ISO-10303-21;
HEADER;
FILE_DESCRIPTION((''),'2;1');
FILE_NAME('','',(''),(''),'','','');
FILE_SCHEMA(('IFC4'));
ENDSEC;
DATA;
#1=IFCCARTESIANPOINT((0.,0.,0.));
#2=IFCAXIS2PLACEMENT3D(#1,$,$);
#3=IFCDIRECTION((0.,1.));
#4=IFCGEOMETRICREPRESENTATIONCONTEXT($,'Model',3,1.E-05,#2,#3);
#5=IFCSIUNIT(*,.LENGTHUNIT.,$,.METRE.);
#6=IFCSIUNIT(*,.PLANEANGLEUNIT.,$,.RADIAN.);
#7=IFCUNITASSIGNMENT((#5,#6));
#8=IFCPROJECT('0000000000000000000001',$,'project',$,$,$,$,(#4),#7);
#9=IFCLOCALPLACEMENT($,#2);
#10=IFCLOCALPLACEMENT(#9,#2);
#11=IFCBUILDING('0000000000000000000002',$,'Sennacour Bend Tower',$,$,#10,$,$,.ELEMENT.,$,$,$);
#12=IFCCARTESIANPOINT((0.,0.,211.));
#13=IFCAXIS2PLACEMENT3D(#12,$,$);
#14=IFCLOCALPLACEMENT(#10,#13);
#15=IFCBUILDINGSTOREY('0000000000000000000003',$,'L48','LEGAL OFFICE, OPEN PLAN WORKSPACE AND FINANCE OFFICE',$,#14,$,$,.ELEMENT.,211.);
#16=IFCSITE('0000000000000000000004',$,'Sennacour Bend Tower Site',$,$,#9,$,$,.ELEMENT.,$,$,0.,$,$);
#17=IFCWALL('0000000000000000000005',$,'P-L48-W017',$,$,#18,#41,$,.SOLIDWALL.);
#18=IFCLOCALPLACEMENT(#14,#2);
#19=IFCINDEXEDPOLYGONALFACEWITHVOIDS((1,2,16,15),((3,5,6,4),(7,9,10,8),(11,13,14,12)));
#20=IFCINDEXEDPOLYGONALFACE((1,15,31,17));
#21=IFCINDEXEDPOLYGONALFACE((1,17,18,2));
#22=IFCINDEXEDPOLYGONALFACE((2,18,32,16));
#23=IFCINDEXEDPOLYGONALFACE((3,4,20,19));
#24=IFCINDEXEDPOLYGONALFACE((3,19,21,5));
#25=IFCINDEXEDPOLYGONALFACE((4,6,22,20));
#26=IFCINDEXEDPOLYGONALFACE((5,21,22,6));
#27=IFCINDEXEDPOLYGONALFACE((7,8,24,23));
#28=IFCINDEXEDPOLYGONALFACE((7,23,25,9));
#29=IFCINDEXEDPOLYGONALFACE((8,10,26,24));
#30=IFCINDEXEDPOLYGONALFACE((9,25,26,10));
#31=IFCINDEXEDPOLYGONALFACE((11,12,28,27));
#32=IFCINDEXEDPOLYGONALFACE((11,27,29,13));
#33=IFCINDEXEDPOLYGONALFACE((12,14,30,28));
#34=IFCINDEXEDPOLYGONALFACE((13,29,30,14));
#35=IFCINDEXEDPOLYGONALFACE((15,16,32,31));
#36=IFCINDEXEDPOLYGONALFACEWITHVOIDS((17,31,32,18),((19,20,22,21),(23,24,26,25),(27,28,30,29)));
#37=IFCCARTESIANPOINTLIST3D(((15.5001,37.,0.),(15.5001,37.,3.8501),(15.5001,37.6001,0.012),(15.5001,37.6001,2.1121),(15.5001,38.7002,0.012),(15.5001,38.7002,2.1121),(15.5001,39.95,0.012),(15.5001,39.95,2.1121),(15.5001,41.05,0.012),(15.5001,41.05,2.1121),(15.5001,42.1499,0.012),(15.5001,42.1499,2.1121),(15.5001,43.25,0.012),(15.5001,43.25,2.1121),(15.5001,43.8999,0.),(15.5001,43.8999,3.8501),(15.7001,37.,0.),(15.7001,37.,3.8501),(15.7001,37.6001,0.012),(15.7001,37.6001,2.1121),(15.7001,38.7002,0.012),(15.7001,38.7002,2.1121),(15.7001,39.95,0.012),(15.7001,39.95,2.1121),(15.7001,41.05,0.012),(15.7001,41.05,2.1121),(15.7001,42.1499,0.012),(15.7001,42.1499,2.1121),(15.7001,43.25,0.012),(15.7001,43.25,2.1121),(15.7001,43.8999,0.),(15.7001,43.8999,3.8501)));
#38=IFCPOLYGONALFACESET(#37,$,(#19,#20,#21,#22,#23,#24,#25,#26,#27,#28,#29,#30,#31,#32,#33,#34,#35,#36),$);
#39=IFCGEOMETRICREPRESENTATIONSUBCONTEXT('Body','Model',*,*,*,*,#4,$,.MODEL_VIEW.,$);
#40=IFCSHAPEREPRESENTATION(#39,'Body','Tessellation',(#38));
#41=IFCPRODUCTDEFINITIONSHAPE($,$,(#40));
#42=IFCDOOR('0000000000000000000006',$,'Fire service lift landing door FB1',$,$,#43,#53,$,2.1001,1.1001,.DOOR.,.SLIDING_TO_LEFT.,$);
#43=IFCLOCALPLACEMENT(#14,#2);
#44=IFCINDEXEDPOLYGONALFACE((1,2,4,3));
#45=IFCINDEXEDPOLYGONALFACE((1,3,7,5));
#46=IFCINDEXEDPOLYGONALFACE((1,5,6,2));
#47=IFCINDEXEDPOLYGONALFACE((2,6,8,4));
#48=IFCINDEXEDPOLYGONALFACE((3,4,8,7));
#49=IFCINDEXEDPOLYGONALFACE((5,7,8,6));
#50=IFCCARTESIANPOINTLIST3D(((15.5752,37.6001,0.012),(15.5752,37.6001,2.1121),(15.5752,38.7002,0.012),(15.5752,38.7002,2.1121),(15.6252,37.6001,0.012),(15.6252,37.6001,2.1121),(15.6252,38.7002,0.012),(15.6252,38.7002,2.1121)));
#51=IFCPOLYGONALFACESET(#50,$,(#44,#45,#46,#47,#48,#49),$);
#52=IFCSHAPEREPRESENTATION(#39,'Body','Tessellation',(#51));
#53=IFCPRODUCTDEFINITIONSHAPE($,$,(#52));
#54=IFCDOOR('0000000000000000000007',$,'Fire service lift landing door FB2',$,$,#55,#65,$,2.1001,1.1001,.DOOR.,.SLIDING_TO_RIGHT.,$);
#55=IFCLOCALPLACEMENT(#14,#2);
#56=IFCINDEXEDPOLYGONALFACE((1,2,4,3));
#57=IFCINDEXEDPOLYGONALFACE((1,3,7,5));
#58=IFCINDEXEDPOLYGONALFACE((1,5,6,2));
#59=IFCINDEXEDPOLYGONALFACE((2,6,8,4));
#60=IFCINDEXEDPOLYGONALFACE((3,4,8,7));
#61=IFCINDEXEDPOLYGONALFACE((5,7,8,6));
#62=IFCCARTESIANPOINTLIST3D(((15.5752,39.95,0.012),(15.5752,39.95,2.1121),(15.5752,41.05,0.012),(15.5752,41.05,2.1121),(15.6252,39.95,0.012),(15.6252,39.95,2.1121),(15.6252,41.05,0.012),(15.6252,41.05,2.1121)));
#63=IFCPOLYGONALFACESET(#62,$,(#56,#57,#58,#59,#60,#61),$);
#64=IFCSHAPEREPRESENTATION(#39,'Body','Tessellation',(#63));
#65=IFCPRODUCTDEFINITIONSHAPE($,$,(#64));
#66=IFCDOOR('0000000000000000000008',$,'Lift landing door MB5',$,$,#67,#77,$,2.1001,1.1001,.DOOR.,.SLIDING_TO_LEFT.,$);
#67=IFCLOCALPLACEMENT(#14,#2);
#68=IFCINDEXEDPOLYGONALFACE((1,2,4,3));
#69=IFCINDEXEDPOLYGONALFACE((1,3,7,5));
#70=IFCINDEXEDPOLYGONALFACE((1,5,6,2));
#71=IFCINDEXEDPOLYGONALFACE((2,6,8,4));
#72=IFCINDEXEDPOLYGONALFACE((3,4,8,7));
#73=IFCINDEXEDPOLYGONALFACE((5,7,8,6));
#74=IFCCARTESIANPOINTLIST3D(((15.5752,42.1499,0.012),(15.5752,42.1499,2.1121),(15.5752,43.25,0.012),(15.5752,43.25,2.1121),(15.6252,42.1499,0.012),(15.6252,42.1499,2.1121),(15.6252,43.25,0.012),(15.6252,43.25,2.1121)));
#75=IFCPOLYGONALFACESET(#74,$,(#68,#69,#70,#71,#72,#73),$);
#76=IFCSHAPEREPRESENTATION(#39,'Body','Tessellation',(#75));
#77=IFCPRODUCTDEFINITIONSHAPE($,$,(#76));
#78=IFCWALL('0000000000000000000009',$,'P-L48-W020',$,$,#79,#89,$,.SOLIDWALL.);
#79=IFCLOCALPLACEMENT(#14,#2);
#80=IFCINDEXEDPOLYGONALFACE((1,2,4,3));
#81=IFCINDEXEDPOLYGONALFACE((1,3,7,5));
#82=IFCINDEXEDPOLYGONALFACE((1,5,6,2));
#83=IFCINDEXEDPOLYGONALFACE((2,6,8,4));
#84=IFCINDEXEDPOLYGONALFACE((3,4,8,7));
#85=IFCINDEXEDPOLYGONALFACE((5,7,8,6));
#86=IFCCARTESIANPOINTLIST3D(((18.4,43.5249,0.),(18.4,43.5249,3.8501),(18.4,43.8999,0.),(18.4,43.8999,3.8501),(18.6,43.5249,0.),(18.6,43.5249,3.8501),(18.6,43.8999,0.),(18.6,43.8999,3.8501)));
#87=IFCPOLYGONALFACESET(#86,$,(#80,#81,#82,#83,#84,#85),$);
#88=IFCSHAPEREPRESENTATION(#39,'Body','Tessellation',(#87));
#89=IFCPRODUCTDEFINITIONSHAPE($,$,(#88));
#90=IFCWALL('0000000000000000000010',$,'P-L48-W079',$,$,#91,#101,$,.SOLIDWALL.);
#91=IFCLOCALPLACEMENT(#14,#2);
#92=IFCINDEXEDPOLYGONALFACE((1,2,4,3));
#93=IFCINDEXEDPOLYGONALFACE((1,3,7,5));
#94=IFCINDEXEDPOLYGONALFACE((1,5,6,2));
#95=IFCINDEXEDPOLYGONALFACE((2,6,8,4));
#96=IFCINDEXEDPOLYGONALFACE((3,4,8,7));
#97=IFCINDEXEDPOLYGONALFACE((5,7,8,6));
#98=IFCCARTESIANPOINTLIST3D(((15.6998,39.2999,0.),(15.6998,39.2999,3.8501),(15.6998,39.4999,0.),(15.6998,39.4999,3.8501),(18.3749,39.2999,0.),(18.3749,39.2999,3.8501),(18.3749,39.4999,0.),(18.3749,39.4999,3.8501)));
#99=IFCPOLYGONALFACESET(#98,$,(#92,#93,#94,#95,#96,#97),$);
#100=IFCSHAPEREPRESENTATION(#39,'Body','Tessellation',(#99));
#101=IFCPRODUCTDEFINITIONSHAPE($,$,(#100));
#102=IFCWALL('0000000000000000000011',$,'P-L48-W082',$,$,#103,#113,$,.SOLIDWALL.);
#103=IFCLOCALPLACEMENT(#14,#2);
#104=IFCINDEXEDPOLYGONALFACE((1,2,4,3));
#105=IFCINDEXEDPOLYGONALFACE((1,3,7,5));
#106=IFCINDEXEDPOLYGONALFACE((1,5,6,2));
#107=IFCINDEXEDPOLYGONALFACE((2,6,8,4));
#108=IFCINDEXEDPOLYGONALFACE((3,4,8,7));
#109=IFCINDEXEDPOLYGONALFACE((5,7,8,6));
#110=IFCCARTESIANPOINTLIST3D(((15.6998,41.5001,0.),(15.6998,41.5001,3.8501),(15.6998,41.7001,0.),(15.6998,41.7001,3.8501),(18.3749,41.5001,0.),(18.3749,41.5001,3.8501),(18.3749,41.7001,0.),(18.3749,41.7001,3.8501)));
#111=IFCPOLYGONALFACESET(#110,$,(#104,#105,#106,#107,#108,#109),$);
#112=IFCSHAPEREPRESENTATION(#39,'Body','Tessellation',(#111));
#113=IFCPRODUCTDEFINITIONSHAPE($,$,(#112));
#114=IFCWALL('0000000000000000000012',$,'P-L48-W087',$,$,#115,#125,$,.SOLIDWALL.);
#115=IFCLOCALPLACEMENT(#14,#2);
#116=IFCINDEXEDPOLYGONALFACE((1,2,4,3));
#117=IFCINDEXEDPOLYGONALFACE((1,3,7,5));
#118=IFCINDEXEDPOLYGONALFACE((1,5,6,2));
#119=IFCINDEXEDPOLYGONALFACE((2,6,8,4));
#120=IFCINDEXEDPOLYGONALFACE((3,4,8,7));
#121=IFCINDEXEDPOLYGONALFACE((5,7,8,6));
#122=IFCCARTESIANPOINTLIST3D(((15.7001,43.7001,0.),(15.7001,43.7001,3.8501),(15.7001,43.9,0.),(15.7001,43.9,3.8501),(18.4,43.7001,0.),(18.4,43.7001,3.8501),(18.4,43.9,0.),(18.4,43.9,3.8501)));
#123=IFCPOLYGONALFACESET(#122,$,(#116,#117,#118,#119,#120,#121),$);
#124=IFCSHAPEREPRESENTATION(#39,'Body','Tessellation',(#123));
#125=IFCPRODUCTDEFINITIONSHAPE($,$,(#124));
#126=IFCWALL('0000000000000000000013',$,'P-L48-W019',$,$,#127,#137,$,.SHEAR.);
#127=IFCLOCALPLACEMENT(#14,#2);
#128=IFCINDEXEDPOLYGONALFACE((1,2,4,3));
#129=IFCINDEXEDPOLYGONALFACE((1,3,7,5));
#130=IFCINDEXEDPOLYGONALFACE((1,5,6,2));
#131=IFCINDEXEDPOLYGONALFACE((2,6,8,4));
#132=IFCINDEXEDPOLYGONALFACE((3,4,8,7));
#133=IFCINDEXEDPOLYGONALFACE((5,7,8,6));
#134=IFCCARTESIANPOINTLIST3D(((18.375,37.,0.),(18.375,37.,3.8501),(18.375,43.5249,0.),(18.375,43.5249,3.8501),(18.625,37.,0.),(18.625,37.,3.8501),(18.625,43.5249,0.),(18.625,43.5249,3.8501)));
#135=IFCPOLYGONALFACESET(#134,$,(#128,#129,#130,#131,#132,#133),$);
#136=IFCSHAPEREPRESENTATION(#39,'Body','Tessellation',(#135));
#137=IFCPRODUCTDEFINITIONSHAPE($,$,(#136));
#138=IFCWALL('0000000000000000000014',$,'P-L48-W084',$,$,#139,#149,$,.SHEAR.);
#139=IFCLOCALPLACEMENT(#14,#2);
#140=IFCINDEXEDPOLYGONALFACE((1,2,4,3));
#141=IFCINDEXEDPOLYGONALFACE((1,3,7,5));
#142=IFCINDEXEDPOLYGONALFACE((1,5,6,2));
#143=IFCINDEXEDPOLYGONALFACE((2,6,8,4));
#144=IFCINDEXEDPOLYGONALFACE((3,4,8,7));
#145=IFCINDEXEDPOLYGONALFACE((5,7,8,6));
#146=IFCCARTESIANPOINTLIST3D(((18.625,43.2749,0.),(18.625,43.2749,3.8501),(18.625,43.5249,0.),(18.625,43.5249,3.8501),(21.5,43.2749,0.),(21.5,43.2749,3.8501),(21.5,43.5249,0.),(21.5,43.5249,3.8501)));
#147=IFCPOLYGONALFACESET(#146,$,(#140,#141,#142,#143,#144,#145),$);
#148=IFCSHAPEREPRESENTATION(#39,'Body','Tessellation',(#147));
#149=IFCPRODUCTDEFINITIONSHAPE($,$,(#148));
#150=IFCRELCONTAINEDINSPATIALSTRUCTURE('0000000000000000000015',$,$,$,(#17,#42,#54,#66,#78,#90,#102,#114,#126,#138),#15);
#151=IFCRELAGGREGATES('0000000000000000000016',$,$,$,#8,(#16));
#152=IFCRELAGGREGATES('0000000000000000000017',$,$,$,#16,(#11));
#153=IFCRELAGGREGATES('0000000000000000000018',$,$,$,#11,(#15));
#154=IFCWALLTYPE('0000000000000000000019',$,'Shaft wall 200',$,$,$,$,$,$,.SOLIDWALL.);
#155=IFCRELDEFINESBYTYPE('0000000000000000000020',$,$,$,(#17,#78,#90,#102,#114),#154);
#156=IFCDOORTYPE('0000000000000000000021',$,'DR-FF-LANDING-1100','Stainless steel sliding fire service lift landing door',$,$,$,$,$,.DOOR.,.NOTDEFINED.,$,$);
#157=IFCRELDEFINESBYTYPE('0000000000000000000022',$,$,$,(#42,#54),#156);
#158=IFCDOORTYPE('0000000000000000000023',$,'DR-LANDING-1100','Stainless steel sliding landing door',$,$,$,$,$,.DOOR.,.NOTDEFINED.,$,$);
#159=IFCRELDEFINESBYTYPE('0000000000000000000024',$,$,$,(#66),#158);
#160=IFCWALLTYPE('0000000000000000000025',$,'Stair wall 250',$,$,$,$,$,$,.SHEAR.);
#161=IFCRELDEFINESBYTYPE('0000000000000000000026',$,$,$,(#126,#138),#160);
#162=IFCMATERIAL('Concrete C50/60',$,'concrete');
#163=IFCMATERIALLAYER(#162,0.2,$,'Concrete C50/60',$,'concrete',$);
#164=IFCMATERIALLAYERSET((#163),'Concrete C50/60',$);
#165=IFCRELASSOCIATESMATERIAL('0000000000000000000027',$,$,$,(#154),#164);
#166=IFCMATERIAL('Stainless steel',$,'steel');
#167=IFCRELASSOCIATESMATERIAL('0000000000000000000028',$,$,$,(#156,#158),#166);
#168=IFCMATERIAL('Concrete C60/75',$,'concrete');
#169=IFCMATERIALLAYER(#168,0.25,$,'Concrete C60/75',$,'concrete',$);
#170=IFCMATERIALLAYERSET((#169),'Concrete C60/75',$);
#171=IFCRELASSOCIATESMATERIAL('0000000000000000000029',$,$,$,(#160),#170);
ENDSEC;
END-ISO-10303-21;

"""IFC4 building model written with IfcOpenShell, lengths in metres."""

from ifc_helpers import new_model, si_unit, direction, frame, frame_2d, origin, place, context, subcontext, project, spatial, rectangle, extrude, material, layer, layer_set, type_object, element, fill, save


model = new_model("IFC4")

# Units and contexts
model_context = context("Model", 3, precision=1e-05, world=origin(), true_north=direction((0.0, 1.0)))
body_context = subcontext(model_context, "Body", "Model", "MODEL_VIEW")
ifc_project = project(units=[si_unit("LENGTHUNIT", "METRE"), si_unit("PLANEANGLEUNIT", "RADIAN")], contexts=[model_context])

# Site, building, storey
site_placement = place(None, origin())
site = spatial("IfcSite", under=ifc_project, at=site_placement, Name="Sennacour Bend Tower Site", CompositionType="ELEMENT", RefElevation=0.0)
building_placement = place(site_placement, origin())
building = spatial("IfcBuilding", under=site, at=building_placement, Name="Sennacour Bend Tower", CompositionType="ELEMENT")
storey_placement = place(building_placement, frame((0.0, 0.0, 211.0)))
storey = spatial("IfcBuildingStorey", under=building, at=storey_placement, Name="L48", Description="LEGAL OFFICE, OPEN PLAN WORKSPACE AND FINANCE OFFICE", CompositionType="ELEMENT", Elevation=211.0)

# Shared definitions
ifc_material_1 = material(Name="Concrete C60/75", Category="concrete")

# Wall, openings, doors
ifc_material_2 = material(Name="Concrete C50/60", Category="concrete")
ifc_layer_1 = layer(ifc_material_2, 0.2, Name="Concrete C50/60", Category="concrete")
ifc_layer_set_1 = layer_set([ifc_layer_1], Name="Concrete C50/60")
wall_type_1 = type_object("IfcWallType", Name="Shaft wall 200", PredefinedType="SOLIDWALL", material=ifc_layer_set_1)
wall_1_placement = place(storey_placement, frame((15.6001, 37.0, 0.0), z_axis=(0.0, 0.0, 1.0), x_axis=(0.0, 1.0, 0.0)))
wall_1 = element("IfcWall", 1, at=wall_1_placement, inside=storey, type_object=wall_type_1, Name="P-L48-W017", PredefinedType="SOLIDWALL", context=body_context, shape_type="SweptSolid", body=[
    extrude(rectangle(XDim=6.8999, YDim=0.2, at=frame_2d((3.45, 0.0))), origin(), (0.0, 0.0, 1.0), 3.8501),
])
opening_1_placement = place(wall_1_placement, frame((0.6001, 0.0, 0.012)))
opening_1 = element("IfcOpeningElement", 2, at=opening_1_placement, cuts=wall_1, PredefinedType="OPENING", context=body_context, shape_type="SweptSolid", body=[
    extrude(rectangle(XDim=1.1001, YDim=2.1001, at=frame_2d((0.55, 1.05))), frame((0.0, 0.1099, 0.0), z_axis=(0.0, -1.0, 0.0), x_axis=(1.0, 0.0, 0.0)), (0.0, 0.0, 1.0), 0.22),
])
opening_2_placement = place(wall_1_placement, frame((2.95, 0.0, 0.012)))
opening_2 = element("IfcOpeningElement", 3, at=opening_2_placement, cuts=wall_1, PredefinedType="OPENING", context=body_context, shape_type="SweptSolid", body=[
    extrude(rectangle(XDim=1.1001, YDim=2.1001, at=frame_2d((0.55, 1.05))), frame((0.0, 0.1099, 0.0), z_axis=(0.0, -1.0, 0.0), x_axis=(1.0, 0.0, 0.0)), (0.0, 0.0, 1.0), 0.22),
])
opening_3_placement = place(wall_1_placement, frame((5.1499, 0.0, 0.012)))
opening_3 = element("IfcOpeningElement", 4, at=opening_3_placement, cuts=wall_1, PredefinedType="OPENING", context=body_context, shape_type="SweptSolid", body=[
    extrude(rectangle(XDim=1.1001, YDim=2.1001, at=frame_2d((0.55, 1.05))), frame((0.0, 0.1099, 0.0), z_axis=(0.0, -1.0, 0.0), x_axis=(1.0, 0.0, 0.0)), (0.0, 0.0, 1.0), 0.22),
])
ifc_material_3 = material(Name="Stainless steel", Category="steel")
door_type_1 = type_object("IfcDoorType", Name="DR-FF-LANDING-1100", Description="Stainless steel sliding fire service lift landing door", OperationType="NOTDEFINED", PredefinedType="DOOR", material=ifc_material_3)
door_1_placement = place(opening_1_placement, origin())
door_1 = element("IfcDoor", 5, at=door_1_placement, inside=storey, type_object=door_type_1, Name="Fire service lift landing door FB1", OperationType="SLIDING_TO_LEFT", OverallHeight=2.1001, OverallWidth=1.1001, PredefinedType="DOOR", context=body_context, shape_type="SweptSolid", body=[
    extrude(rectangle(XDim=1.1001, YDim=2.1001, at=frame_2d((0.55, 1.05))), frame((0.0, 0.0249, 0.0), z_axis=(0.0, -1.0, 0.0), x_axis=(1.0, 0.0, 0.0)), (0.0, 0.0, 1.0), 0.05),
])
fill(opening_1, door_1)
door_2_placement = place(opening_2_placement, origin())
door_2 = element("IfcDoor", 6, at=door_2_placement, inside=storey, type_object=door_type_1, Name="Fire service lift landing door FB2", OperationType="SLIDING_TO_RIGHT", OverallHeight=2.1001, OverallWidth=1.1001, PredefinedType="DOOR", context=body_context, shape_type="SweptSolid", body=[
    extrude(rectangle(XDim=1.1001, YDim=2.1001, at=frame_2d((0.55, 1.05))), frame((0.0, 0.0249, 0.0), z_axis=(0.0, -1.0, 0.0), x_axis=(1.0, 0.0, 0.0)), (0.0, 0.0, 1.0), 0.05),
])
fill(opening_2, door_2)
door_type_2 = type_object("IfcDoorType", Name="DR-LANDING-1100", Description="Stainless steel sliding landing door", OperationType="NOTDEFINED", PredefinedType="DOOR", material=ifc_material_3)
door_3_placement = place(opening_3_placement, origin())
door_3 = element("IfcDoor", 7, at=door_3_placement, inside=storey, type_object=door_type_2, Name="Lift landing door MB5", OperationType="SLIDING_TO_LEFT", OverallHeight=2.1001, OverallWidth=1.1001, PredefinedType="DOOR", context=body_context, shape_type="SweptSolid", body=[
    extrude(rectangle(XDim=1.1001, YDim=2.1001, at=frame_2d((0.55, 1.05))), frame((0.0, 0.0249, 0.0), z_axis=(0.0, -1.0, 0.0), x_axis=(1.0, 0.0, 0.0)), (0.0, 0.0, 1.0), 0.05),
])
fill(opening_3, door_3)

# Walls
wall_2_placement = place(storey_placement, frame((18.5, 43.5249, 0.0), z_axis=(0.0, 0.0, 1.0), x_axis=(0.0, 1.0, 0.0)))
element("IfcWall", 8, at=wall_2_placement, inside=storey, type_object=wall_type_1, Name="P-L48-W020", PredefinedType="SOLIDWALL", context=body_context, shape_type="SweptSolid", body=[
    extrude(rectangle(XDim=0.375, YDim=0.2, at=frame_2d((0.1875, 0.0))), origin(), (0.0, 0.0, 1.0), 3.8501),
])
for number, where, z_axis, x_axis, name in (
    (9, (15.7, 39.3999, 0.0), (0.0, 0.0, 1.0), (1.0, 0.0, 0.0), "P-L48-W079"),
    (10, (15.7, 41.6001, 0.0), (0.0, 0.0, 1.0), (1.0, 0.0, 0.0), "P-L48-W082"),
):
    element("IfcWall", number, at=place(storey_placement, frame(where, z_axis=z_axis, x_axis=x_axis)), inside=storey, type_object=wall_type_1, Name=name, PredefinedType="SOLIDWALL", context=body_context, shape_type="SweptSolid", body=[
        extrude(rectangle(XDim=2.675, YDim=0.2, at=frame_2d((1.3374, 0.0))), origin(), (0.0, 0.0, 1.0), 3.8501),
    ])
wall_3_placement = place(storey_placement, frame((15.7, 43.8, 0.0), z_axis=(0.0, 0.0, 1.0), x_axis=(1.0, 0.0, 0.0)))
element("IfcWall", 11, at=wall_3_placement, inside=storey, type_object=wall_type_1, Name="P-L48-W087", PredefinedType="SOLIDWALL", context=body_context, shape_type="SweptSolid", body=[
    extrude(rectangle(XDim=2.7, YDim=0.2, at=frame_2d((1.3501, 0.0))), origin(), (0.0, 0.0, 1.0), 3.8501),
])
ifc_layer_2 = layer(ifc_material_1, 0.25, Name="Concrete C60/75", Category="concrete")
ifc_layer_set_2 = layer_set([ifc_layer_2], Name="Concrete C60/75")
wall_type_2 = type_object("IfcWallType", Name="Stair wall 250", PredefinedType="SHEAR", material=ifc_layer_set_2)
wall_4_placement = place(storey_placement, frame((18.5, 37.0, 0.0), z_axis=(0.0, 0.0, 1.0), x_axis=(0.0, 1.0, 0.0)))
element("IfcWall", 12, at=wall_4_placement, inside=storey, type_object=wall_type_2, Name="P-L48-W019", PredefinedType="SHEAR", context=body_context, shape_type="SweptSolid", body=[
    extrude(rectangle(XDim=6.5249, YDim=0.25, at=frame_2d((3.2625, 0.0))), origin(), (0.0, 0.0, 1.0), 3.8501),
])
wall_5_placement = place(storey_placement, frame((18.625, 43.3999, 0.0), z_axis=(0.0, 0.0, 1.0), x_axis=(1.0, 0.0, 0.0)))
element("IfcWall", 13, at=wall_5_placement, inside=storey, type_object=wall_type_2, Name="P-L48-W084", PredefinedType="SHEAR", context=body_context, shape_type="SweptSolid", body=[
    extrude(rectangle(XDim=2.875, YDim=0.25, at=frame_2d((1.4375, 0.0))), origin(), (0.0, 0.0, 1.0), 3.8501),
])

save(model, "model.ifc")
